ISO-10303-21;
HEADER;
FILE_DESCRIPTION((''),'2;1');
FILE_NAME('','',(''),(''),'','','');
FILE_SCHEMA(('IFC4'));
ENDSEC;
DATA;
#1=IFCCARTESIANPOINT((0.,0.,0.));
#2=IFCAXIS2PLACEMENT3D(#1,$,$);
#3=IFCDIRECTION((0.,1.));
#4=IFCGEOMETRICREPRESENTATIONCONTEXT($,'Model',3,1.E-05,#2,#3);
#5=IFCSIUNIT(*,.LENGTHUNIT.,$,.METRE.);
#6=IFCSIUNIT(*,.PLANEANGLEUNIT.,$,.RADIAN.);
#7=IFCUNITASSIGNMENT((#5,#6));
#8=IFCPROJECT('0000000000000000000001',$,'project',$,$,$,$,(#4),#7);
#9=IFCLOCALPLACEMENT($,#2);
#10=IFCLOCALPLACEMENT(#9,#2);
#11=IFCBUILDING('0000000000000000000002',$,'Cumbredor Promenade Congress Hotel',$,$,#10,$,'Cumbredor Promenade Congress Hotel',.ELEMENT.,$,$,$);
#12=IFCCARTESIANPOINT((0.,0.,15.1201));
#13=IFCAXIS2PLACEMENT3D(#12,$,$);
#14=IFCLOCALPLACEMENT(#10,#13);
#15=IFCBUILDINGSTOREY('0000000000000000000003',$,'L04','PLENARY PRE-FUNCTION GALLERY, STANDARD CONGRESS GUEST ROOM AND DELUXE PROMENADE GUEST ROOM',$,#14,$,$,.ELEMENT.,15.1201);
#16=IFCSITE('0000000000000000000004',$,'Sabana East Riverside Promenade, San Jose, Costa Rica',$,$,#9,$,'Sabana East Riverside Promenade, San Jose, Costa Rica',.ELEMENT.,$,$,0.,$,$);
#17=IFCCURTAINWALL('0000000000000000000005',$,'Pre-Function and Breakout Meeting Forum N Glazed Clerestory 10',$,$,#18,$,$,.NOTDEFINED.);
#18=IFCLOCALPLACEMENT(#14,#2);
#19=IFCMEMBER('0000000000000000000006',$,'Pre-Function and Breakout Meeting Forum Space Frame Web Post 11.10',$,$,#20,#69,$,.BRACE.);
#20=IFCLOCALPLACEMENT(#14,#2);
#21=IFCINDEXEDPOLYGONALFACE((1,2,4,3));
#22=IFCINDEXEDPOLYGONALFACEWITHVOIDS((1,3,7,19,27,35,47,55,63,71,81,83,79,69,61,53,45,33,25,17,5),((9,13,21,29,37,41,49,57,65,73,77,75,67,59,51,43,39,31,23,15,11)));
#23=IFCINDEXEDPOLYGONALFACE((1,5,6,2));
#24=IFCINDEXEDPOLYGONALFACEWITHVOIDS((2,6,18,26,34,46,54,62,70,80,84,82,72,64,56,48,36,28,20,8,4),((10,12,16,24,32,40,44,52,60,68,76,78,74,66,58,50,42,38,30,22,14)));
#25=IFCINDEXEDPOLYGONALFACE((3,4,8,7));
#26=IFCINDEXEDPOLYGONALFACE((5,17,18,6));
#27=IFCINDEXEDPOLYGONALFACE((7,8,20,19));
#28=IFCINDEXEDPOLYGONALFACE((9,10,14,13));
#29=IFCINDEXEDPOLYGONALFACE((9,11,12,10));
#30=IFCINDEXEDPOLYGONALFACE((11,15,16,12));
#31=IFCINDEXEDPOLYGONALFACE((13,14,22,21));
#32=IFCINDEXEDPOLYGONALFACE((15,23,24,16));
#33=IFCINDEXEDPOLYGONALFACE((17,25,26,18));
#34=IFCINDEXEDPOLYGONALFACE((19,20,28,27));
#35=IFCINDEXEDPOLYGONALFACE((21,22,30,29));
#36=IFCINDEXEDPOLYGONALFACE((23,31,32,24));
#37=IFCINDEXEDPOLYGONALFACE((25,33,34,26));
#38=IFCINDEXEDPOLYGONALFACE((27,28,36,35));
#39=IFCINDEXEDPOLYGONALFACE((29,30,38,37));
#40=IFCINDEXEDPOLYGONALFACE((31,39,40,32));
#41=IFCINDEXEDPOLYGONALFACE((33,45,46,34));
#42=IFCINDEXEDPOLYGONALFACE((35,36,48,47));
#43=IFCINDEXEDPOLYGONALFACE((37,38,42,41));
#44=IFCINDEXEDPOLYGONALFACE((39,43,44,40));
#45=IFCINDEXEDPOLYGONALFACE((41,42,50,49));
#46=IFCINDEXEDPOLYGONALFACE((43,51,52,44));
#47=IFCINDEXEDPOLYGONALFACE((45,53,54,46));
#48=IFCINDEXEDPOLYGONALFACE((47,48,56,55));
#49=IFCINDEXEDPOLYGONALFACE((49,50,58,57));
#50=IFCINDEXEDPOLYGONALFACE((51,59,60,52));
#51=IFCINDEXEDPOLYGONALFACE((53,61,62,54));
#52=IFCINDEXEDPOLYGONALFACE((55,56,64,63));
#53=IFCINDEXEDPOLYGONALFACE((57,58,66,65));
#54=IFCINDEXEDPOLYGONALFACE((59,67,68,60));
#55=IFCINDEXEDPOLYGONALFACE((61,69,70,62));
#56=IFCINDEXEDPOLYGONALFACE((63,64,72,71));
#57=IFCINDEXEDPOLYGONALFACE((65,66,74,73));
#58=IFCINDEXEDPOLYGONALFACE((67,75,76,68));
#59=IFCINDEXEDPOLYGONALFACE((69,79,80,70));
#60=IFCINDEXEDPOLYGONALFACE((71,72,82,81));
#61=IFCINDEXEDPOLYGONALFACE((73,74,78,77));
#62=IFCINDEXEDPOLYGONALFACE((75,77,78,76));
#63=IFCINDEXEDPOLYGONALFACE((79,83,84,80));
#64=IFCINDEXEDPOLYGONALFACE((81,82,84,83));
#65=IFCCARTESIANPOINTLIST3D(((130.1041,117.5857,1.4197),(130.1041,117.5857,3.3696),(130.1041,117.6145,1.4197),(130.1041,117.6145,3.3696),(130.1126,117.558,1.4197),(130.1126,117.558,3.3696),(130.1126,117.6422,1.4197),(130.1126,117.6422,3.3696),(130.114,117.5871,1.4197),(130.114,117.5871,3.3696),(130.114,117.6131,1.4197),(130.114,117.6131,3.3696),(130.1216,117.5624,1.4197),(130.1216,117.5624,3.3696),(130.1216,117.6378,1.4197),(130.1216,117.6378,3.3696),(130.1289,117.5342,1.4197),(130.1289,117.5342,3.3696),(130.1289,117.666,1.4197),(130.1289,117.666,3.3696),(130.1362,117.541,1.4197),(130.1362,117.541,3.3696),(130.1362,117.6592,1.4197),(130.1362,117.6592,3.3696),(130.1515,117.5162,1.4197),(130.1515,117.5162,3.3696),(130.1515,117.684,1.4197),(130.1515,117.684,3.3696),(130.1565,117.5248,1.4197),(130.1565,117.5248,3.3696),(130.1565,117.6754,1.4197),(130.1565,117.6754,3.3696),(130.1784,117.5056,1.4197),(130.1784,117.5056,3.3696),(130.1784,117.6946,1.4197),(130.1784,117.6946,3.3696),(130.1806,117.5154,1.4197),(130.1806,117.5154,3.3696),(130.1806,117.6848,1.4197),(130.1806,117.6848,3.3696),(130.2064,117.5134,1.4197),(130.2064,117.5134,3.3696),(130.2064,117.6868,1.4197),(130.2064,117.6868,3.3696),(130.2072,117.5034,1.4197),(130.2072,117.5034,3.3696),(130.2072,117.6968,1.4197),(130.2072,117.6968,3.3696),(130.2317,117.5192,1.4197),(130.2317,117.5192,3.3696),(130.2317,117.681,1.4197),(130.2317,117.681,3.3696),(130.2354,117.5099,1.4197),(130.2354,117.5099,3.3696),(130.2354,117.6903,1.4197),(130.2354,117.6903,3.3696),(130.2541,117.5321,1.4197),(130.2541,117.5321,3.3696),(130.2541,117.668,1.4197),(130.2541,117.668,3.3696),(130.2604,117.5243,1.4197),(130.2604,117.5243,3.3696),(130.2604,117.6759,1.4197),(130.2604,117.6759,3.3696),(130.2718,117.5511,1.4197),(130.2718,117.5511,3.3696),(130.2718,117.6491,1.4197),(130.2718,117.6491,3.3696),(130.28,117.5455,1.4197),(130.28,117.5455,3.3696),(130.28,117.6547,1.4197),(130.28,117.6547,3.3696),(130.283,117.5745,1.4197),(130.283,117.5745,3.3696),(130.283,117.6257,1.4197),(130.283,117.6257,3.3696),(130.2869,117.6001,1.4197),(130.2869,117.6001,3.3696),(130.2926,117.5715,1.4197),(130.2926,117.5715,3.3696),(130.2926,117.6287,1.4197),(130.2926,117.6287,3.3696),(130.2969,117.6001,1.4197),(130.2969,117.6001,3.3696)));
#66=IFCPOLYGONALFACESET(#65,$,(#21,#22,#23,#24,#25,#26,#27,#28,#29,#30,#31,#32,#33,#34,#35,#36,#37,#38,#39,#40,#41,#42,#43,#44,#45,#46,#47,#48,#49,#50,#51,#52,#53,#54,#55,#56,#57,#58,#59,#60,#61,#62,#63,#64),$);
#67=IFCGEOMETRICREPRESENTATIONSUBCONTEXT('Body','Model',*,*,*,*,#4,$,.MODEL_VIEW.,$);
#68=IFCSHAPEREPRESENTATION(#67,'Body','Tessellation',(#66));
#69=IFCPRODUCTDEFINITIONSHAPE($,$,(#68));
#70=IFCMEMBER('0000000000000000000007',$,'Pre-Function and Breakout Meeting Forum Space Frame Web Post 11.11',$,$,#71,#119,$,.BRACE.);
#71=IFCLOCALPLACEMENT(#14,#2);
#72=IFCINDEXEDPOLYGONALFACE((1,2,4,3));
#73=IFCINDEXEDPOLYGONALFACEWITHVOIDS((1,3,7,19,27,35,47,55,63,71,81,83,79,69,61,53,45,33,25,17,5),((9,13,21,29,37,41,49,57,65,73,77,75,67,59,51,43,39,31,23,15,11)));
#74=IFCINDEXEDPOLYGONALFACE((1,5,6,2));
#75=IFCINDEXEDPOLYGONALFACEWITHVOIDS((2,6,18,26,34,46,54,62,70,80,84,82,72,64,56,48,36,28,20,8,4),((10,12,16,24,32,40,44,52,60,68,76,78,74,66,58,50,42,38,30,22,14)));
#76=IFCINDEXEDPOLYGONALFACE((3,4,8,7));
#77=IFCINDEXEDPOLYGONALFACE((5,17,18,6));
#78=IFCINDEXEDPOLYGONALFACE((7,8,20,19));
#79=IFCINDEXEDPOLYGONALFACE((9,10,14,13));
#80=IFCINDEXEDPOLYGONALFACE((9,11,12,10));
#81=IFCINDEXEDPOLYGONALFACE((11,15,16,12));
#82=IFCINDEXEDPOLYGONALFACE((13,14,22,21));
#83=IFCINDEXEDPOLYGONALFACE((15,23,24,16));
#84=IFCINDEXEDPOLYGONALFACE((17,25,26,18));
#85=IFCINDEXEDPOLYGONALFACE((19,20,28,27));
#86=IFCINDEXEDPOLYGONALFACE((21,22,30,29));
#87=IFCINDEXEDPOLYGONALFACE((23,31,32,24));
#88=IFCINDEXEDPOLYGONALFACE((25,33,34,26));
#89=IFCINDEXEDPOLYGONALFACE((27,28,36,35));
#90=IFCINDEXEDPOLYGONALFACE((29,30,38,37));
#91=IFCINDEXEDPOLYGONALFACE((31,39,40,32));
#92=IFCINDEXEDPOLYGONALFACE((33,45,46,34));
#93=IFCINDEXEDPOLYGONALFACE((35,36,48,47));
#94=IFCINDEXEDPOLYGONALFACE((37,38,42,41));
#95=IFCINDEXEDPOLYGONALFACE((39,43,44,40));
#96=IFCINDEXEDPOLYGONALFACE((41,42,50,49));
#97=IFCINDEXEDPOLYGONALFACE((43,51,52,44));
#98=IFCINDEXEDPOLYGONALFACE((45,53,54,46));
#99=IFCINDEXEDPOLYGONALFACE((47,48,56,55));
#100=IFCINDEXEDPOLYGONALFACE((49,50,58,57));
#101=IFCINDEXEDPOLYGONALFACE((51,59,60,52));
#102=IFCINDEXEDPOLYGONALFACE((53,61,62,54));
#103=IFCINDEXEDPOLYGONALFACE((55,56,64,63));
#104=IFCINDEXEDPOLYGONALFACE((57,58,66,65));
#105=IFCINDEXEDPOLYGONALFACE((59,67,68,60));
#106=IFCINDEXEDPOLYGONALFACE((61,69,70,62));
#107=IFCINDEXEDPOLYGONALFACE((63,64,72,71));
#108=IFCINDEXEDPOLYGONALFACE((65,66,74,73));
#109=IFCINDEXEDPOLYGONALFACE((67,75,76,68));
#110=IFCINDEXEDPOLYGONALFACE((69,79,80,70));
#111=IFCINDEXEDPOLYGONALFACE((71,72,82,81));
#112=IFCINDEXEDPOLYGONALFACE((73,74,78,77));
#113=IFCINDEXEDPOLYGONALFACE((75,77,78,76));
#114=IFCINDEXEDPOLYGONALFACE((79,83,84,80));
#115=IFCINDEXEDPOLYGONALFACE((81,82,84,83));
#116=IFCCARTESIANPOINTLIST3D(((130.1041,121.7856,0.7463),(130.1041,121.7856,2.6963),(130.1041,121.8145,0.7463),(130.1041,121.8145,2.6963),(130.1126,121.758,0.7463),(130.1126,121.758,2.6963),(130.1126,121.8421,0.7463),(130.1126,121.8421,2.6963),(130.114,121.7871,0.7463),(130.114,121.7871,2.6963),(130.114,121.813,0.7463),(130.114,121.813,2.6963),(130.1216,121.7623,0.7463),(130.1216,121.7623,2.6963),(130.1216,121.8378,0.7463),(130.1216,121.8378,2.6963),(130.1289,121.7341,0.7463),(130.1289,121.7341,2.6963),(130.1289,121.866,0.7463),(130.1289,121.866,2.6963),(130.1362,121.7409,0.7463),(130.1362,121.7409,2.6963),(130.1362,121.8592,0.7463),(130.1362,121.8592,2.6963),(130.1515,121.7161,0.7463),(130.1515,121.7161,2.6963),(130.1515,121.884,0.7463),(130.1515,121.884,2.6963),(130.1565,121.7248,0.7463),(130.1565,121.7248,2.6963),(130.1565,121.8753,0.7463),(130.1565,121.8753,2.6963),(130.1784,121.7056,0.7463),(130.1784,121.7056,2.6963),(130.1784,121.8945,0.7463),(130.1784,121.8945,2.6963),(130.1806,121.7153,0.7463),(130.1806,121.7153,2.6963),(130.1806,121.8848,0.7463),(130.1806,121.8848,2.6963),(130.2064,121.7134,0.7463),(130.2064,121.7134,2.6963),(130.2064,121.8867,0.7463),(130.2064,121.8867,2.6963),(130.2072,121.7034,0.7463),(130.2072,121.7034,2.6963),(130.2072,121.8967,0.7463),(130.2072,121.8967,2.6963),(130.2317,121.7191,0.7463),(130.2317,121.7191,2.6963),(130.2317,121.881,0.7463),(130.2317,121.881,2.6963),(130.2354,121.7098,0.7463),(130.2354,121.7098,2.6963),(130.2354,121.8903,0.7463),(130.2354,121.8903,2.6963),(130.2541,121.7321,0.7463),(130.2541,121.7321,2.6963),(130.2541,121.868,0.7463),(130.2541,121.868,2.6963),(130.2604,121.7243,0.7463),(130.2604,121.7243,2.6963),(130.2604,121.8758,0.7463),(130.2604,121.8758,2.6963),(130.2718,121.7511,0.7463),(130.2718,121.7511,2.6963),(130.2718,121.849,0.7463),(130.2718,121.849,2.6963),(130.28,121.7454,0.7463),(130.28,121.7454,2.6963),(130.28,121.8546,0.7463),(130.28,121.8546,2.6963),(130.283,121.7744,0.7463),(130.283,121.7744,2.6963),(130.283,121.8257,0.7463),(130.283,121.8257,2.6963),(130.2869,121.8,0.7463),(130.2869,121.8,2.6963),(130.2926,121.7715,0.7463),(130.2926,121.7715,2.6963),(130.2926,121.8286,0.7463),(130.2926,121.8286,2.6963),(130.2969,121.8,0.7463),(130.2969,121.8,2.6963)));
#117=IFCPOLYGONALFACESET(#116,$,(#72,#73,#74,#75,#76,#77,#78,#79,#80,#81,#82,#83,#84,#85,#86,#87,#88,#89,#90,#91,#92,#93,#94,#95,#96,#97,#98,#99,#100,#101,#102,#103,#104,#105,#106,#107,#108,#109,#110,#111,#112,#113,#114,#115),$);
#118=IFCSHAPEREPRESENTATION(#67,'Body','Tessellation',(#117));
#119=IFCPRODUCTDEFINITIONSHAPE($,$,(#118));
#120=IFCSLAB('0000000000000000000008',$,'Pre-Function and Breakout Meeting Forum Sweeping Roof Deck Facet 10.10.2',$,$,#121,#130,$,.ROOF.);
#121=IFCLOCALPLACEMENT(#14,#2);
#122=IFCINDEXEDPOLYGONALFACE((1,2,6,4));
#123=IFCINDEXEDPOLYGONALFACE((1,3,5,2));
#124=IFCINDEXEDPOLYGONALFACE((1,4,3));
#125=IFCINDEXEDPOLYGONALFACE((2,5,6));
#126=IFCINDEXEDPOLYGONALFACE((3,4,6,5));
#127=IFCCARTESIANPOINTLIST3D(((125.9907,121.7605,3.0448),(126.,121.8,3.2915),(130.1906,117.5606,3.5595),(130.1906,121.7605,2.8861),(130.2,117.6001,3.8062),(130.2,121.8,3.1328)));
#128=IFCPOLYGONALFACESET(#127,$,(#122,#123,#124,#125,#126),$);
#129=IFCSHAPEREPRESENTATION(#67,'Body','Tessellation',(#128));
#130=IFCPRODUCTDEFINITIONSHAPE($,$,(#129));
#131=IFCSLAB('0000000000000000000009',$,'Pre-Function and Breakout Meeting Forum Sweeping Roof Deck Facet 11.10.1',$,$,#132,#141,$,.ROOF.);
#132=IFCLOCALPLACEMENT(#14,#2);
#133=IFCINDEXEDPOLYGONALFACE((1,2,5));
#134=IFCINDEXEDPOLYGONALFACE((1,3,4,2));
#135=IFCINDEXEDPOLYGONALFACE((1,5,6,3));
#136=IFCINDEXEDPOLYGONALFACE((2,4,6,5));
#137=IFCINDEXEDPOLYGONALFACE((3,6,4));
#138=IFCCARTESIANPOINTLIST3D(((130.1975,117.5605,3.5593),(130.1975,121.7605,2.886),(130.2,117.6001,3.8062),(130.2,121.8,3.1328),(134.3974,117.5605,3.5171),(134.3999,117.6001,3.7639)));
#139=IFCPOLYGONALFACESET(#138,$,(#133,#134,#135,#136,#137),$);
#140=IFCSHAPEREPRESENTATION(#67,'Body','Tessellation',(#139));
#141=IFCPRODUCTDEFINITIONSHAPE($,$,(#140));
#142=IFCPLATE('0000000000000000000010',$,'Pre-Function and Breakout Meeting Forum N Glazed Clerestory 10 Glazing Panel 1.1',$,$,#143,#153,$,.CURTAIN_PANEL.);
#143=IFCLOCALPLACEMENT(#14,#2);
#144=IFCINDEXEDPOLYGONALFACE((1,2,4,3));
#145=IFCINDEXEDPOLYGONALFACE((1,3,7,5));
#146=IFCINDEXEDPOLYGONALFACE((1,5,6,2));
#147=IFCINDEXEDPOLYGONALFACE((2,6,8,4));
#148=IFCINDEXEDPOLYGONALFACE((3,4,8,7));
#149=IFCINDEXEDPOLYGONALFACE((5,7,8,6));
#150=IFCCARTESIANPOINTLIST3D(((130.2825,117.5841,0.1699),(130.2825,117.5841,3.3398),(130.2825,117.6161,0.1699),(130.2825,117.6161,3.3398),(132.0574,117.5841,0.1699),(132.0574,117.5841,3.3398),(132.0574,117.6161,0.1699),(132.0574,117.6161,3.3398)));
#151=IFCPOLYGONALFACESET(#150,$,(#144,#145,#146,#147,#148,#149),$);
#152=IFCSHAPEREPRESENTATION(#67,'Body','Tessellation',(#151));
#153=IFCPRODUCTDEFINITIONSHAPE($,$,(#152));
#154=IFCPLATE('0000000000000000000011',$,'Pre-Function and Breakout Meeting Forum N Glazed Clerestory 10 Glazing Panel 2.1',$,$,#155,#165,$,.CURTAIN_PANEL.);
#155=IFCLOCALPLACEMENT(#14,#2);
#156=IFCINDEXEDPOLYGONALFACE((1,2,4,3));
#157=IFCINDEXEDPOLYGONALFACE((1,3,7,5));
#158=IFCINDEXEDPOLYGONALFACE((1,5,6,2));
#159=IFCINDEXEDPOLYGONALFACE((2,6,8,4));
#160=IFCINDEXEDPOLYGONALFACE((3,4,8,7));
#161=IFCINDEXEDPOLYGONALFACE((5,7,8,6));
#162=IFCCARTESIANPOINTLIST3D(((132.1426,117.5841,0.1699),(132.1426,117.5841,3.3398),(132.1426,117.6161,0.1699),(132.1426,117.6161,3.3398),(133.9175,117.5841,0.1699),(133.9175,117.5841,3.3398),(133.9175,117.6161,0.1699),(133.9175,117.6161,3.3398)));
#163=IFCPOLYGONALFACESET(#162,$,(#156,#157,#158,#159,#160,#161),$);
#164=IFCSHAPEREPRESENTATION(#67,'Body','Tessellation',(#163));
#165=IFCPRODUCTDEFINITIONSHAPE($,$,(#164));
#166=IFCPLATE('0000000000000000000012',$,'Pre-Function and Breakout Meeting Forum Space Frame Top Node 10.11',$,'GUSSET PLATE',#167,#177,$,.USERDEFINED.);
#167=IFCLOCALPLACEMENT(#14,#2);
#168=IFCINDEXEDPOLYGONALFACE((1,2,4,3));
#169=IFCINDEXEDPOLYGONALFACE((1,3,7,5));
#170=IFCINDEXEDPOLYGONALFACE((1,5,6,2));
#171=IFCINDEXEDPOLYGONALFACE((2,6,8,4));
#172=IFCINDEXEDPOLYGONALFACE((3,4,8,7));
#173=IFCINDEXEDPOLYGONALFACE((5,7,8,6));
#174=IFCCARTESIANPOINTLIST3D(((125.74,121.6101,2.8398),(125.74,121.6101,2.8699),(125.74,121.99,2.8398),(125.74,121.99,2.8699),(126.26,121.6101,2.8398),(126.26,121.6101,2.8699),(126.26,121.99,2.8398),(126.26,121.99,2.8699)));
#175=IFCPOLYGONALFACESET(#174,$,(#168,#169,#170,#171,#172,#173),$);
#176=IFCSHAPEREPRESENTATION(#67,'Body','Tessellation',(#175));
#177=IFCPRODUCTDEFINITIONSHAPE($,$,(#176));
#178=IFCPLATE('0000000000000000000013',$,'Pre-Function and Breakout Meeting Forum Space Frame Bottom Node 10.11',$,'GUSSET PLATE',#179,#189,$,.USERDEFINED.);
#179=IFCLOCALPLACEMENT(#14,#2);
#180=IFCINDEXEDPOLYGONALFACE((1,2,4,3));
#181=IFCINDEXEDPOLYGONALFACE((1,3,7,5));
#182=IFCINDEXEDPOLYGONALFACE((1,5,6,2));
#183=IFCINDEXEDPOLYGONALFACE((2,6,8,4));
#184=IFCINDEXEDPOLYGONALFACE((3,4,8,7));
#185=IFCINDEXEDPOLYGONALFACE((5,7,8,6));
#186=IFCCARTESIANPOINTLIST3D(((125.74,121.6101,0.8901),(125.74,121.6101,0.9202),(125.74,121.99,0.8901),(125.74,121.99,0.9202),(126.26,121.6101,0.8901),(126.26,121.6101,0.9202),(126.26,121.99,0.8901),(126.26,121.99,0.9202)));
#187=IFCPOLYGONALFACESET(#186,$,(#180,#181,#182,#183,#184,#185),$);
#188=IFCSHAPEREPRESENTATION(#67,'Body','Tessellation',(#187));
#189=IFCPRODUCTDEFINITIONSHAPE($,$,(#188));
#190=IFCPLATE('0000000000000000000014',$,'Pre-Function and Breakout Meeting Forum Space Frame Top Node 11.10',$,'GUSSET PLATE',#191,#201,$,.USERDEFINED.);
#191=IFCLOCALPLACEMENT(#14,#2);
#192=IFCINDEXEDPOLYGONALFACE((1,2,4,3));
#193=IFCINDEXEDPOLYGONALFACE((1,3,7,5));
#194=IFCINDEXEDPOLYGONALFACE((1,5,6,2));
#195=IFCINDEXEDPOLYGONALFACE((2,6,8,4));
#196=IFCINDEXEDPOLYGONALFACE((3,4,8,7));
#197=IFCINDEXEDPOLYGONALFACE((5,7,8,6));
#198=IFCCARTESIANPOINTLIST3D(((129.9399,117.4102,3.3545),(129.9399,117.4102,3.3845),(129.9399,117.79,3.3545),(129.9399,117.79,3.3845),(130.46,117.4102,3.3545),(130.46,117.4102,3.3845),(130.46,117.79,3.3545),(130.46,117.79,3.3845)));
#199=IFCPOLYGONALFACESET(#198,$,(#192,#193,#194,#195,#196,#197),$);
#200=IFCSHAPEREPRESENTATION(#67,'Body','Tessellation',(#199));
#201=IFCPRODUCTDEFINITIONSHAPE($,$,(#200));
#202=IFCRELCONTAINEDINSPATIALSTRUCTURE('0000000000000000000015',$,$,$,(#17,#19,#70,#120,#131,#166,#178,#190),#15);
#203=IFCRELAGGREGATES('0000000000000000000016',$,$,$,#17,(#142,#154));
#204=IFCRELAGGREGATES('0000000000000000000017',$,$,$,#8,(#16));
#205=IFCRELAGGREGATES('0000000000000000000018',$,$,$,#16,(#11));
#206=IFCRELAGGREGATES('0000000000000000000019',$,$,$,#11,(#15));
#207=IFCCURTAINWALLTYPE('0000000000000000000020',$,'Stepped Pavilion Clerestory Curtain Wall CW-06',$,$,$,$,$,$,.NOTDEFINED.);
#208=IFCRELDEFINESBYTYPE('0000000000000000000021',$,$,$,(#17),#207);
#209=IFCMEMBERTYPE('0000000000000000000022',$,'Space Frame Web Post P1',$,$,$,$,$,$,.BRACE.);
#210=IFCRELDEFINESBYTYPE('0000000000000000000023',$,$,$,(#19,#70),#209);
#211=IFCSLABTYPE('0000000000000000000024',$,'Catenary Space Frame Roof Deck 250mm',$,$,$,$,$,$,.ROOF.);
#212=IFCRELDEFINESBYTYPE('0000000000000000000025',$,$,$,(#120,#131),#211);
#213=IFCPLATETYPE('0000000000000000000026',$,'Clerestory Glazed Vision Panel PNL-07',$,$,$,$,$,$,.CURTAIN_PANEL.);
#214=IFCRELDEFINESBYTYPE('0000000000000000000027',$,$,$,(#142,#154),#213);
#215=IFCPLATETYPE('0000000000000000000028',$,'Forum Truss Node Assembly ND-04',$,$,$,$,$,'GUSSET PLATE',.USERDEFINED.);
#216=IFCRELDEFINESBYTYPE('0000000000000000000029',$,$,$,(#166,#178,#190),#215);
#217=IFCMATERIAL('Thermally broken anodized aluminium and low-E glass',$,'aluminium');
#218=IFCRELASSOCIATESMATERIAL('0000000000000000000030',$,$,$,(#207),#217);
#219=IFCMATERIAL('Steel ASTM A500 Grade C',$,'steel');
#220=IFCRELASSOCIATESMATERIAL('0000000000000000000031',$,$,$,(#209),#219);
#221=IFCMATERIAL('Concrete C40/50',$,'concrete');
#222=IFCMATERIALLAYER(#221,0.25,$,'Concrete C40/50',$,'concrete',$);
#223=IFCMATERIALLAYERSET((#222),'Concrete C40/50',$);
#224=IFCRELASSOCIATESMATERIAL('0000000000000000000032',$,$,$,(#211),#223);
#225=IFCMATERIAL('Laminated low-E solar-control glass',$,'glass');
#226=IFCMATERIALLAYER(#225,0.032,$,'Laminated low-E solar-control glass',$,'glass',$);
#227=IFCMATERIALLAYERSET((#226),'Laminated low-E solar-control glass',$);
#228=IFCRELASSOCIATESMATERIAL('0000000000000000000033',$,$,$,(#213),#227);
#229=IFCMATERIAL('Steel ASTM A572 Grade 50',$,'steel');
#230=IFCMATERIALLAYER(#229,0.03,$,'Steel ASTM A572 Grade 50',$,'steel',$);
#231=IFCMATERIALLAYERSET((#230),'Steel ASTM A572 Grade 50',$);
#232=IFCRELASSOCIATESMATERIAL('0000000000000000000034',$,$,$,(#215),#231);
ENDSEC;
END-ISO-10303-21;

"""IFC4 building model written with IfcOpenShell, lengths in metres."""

from ifc_helpers import new_model, si_unit, direction, frame, origin, origin_2d, place, context, subcontext, project, spatial, polyline, rectangle, hollow_circle, outline, extrude, material, layer, layer_set, material_profile, profile_set, type_object, element, aggregate, save


model = new_model("IFC4")

# Units and contexts
model_context = context("Model", 3, precision=1e-05, world=origin(), true_north=direction((0.0, 1.0)))
body_context = subcontext(model_context, "Body", "Model", "MODEL_VIEW")
ifc_project = project(units=[si_unit("LENGTHUNIT", "METRE"), si_unit("PLANEANGLEUNIT", "RADIAN")], contexts=[model_context])

# Site, building, storey
site_placement = place(None, origin())
site = spatial("IfcSite", under=ifc_project, at=site_placement, Name="Sabana East Riverside Promenade, San Jose, Costa Rica", LongName="Sabana East Riverside Promenade, San Jose, Costa Rica", CompositionType="ELEMENT", RefElevation=0.0)
building_placement = place(site_placement, origin())
building = spatial("IfcBuilding", under=site, at=building_placement, Name="Cumbredor Promenade Congress Hotel", LongName="Cumbredor Promenade Congress Hotel", CompositionType="ELEMENT")
storey_placement = place(building_placement, frame((0.0, 0.0, 15.1201)))
storey = spatial("IfcBuildingStorey", under=building, at=storey_placement, Name="L04", Description="PLENARY PRE-FUNCTION GALLERY, STANDARD CONGRESS GUEST ROOM AND DELUXE PROMENADE GUEST ROOM", CompositionType="ELEMENT", Elevation=15.1201)

# Curtain wall
ifc_material_1 = material(Name="Thermally broken anodized aluminium and low-E glass", Category="aluminium")
curtain_wall_type = type_object("IfcCurtainWallType", Name="Stepped Pavilion Clerestory Curtain Wall CW-06", PredefinedType="NOTDEFINED", material=ifc_material_1)
curtain_wall_placement = place(storey_placement, origin())
curtain_wall = element("IfcCurtainWall", 1, at=curtain_wall_placement, inside=storey, type_object=curtain_wall_type, Name="Pre-Function and Breakout Meeting Forum N Glazed Clerestory 10", PredefinedType="NOTDEFINED")

# Members
ifc_material_2 = material(Name="Steel ASTM A500 Grade C", Category="steel")
ifc_material_profile_1 = material_profile(ifc_material_2, hollow_circle(Radius=0.0969, WallThickness=0.01, at=origin_2d()), Name="CHS 193.7x10")
ifc_profile_set_1 = profile_set([ifc_material_profile_1], Name="Steel ASTM A500 Grade C")
member_type_1 = type_object("IfcMemberType", Name="Space Frame Web Post P1", PredefinedType="BRACE", material=ifc_profile_set_1)
for number, where, z_axis, x_axis, name in (
    (2, (130.2, 117.6001, 1.4197), (0.0, 0.0, 1.0), (1.0, 0.0, 0.0), "Pre-Function and Breakout Meeting Forum Space Frame Web Post 11.10"),
    (3, (130.2, 121.8, 0.7463), (0.0, 0.0, 1.0), (1.0, 0.0, 0.0), "Pre-Function and Breakout Meeting Forum Space Frame Web Post 11.11"),
):
    element("IfcMember", number, at=place(storey_placement, frame(where, z_axis=z_axis, x_axis=x_axis)), inside=storey, type_object=member_type_1, Name=name, PredefinedType="BRACE", context=body_context, shape_type="SweptSolid", body=[
        extrude(hollow_circle(Radius=0.0969, WallThickness=0.01, at=origin_2d()), origin(), (0.0, 0.0, 1.0), 1.95),
    ])

# Slabs
ifc_material_3 = material(Name="Concrete C40/50", Category="concrete")
ifc_layer_1 = layer(ifc_material_3, 0.25, Name="Concrete C40/50", Category="concrete")
ifc_layer_set_1 = layer_set([ifc_layer_1], Name="Concrete C40/50")
slab_type = type_object("IfcSlabType", Name="Catenary Space Frame Roof Deck 250mm", PredefinedType="ROOF", material=ifc_layer_set_1)
slab_1_placement = place(storey_placement, frame((130.2, 117.6001, 3.8062), z_axis=(0.037282, 0.158189, 0.986705), x_axis=(0.0, 0.987391, -0.158299)))
element("IfcSlab", 4, at=slab_1_placement, inside=storey, type_object=slab_type, Name="Pre-Function and Breakout Meeting Forum Sweeping Roof Deck Facet 10.10.2", PredefinedType="ROOF", context=body_context, shape_type="SweptSolid", body=[
    extrude(outline(polyline([(0.0, 0.0), (4.2536, 0.0), (4.2285, 4.2029), (0.0, 0.0)])), origin(), (0.0, 0.0, -1.0), 0.25),
])
slab_2_placement = place(storey_placement, frame((130.2, 117.6001, 3.8062), z_axis=(0.009929, 0.158292, 0.987342), x_axis=(0.999949, 0.0, -0.010056)))
element("IfcSlab", 5, at=slab_2_placement, inside=storey, type_object=slab_type, Name="Pre-Function and Breakout Meeting Forum Sweeping Roof Deck Facet 11.10.1", PredefinedType="ROOF", context=body_context, shape_type="SweptSolid", body=[
    extrude(outline(polyline([(0.0, 0.0), (4.2002, 0.0), (0.0068, 4.2536), (0.0, 0.0)])), origin(), (0.0, 0.0, -1.0), 0.25),
])

# Plates
ifc_material_4 = material(Name="Laminated low-E solar-control glass", Category="glass")
ifc_layer_2 = layer(ifc_material_4, 0.032, Name="Laminated low-E solar-control glass", Category="glass")
ifc_layer_set_2 = layer_set([ifc_layer_2], Name="Laminated low-E solar-control glass")
plate_type_1 = type_object("IfcPlateType", Name="Clerestory Glazed Vision Panel PNL-07", PredefinedType="CURTAIN_PANEL", material=ifc_layer_set_2)
plate_1_placement = place(storey_placement, frame((131.1699, 117.6001, 0.1699), z_axis=(0.0, 0.0, 1.0), x_axis=(1.0, 0.0, 0.0)))
plate_1 = element("IfcPlate", 6, at=plate_1_placement, type_object=plate_type_1, Name="Pre-Function and Breakout Meeting Forum N Glazed Clerestory 10 Glazing Panel 1.1", PredefinedType="CURTAIN_PANEL", context=body_context, shape_type="SweptSolid", body=[
    extrude(rectangle(XDim=1.7749, YDim=0.032, at=origin_2d()), origin(), (0.0, 0.0, 1.0), 3.1699),
])
plate_2_placement = place(storey_placement, frame((133.03, 117.6001, 0.1699), z_axis=(0.0, 0.0, 1.0), x_axis=(1.0, 0.0, 0.0)))
plate_2 = element("IfcPlate", 7, at=plate_2_placement, type_object=plate_type_1, Name="Pre-Function and Breakout Meeting Forum N Glazed Clerestory 10 Glazing Panel 2.1", PredefinedType="CURTAIN_PANEL", context=body_context, shape_type="SweptSolid", body=[
    extrude(rectangle(XDim=1.7749, YDim=0.032, at=origin_2d()), origin(), (0.0, 0.0, 1.0), 3.1699),
])
aggregate(curtain_wall, [plate_1, plate_2])

# Plates
ifc_material_5 = material(Name="Steel ASTM A572 Grade 50", Category="steel")
ifc_layer_3 = layer(ifc_material_5, 0.03, Name="Steel ASTM A572 Grade 50", Category="steel")
ifc_layer_set_3 = layer_set([ifc_layer_3], Name="Steel ASTM A572 Grade 50")
plate_type_2 = type_object("IfcPlateType", Name="Forum Truss Node Assembly ND-04", ElementType="GUSSET PLATE", PredefinedType="USERDEFINED", material=ifc_layer_set_3)
for number, where, z_axis, x_axis, name in (
    (8, (126.0, 121.8, 2.8398), (0.0, 0.0, 1.0), (1.0, 0.0, 0.0), "Pre-Function and Breakout Meeting Forum Space Frame Top Node 10.11"),
    (9, (126.0, 121.8, 0.8901), (0.0, 0.0, 1.0), (1.0, 0.0, 0.0), "Pre-Function and Breakout Meeting Forum Space Frame Bottom Node 10.11"),
    (10, (130.2, 117.6001, 3.3545), (0.0, 0.0, 1.0), (1.0, 0.0, 0.0), "Pre-Function and Breakout Meeting Forum Space Frame Top Node 11.10"),
):
    element("IfcPlate", number, at=place(storey_placement, frame(where, z_axis=z_axis, x_axis=x_axis)), inside=storey, type_object=plate_type_2, Name=name, ObjectType="GUSSET PLATE", PredefinedType="USERDEFINED", context=body_context, shape_type="SweptSolid", body=[
        extrude(rectangle(XDim=0.52, YDim=0.3799, at=origin_2d()), origin(), (0.0, 0.0, 1.0), 0.03),
    ])

save(model, "model.ifc")
